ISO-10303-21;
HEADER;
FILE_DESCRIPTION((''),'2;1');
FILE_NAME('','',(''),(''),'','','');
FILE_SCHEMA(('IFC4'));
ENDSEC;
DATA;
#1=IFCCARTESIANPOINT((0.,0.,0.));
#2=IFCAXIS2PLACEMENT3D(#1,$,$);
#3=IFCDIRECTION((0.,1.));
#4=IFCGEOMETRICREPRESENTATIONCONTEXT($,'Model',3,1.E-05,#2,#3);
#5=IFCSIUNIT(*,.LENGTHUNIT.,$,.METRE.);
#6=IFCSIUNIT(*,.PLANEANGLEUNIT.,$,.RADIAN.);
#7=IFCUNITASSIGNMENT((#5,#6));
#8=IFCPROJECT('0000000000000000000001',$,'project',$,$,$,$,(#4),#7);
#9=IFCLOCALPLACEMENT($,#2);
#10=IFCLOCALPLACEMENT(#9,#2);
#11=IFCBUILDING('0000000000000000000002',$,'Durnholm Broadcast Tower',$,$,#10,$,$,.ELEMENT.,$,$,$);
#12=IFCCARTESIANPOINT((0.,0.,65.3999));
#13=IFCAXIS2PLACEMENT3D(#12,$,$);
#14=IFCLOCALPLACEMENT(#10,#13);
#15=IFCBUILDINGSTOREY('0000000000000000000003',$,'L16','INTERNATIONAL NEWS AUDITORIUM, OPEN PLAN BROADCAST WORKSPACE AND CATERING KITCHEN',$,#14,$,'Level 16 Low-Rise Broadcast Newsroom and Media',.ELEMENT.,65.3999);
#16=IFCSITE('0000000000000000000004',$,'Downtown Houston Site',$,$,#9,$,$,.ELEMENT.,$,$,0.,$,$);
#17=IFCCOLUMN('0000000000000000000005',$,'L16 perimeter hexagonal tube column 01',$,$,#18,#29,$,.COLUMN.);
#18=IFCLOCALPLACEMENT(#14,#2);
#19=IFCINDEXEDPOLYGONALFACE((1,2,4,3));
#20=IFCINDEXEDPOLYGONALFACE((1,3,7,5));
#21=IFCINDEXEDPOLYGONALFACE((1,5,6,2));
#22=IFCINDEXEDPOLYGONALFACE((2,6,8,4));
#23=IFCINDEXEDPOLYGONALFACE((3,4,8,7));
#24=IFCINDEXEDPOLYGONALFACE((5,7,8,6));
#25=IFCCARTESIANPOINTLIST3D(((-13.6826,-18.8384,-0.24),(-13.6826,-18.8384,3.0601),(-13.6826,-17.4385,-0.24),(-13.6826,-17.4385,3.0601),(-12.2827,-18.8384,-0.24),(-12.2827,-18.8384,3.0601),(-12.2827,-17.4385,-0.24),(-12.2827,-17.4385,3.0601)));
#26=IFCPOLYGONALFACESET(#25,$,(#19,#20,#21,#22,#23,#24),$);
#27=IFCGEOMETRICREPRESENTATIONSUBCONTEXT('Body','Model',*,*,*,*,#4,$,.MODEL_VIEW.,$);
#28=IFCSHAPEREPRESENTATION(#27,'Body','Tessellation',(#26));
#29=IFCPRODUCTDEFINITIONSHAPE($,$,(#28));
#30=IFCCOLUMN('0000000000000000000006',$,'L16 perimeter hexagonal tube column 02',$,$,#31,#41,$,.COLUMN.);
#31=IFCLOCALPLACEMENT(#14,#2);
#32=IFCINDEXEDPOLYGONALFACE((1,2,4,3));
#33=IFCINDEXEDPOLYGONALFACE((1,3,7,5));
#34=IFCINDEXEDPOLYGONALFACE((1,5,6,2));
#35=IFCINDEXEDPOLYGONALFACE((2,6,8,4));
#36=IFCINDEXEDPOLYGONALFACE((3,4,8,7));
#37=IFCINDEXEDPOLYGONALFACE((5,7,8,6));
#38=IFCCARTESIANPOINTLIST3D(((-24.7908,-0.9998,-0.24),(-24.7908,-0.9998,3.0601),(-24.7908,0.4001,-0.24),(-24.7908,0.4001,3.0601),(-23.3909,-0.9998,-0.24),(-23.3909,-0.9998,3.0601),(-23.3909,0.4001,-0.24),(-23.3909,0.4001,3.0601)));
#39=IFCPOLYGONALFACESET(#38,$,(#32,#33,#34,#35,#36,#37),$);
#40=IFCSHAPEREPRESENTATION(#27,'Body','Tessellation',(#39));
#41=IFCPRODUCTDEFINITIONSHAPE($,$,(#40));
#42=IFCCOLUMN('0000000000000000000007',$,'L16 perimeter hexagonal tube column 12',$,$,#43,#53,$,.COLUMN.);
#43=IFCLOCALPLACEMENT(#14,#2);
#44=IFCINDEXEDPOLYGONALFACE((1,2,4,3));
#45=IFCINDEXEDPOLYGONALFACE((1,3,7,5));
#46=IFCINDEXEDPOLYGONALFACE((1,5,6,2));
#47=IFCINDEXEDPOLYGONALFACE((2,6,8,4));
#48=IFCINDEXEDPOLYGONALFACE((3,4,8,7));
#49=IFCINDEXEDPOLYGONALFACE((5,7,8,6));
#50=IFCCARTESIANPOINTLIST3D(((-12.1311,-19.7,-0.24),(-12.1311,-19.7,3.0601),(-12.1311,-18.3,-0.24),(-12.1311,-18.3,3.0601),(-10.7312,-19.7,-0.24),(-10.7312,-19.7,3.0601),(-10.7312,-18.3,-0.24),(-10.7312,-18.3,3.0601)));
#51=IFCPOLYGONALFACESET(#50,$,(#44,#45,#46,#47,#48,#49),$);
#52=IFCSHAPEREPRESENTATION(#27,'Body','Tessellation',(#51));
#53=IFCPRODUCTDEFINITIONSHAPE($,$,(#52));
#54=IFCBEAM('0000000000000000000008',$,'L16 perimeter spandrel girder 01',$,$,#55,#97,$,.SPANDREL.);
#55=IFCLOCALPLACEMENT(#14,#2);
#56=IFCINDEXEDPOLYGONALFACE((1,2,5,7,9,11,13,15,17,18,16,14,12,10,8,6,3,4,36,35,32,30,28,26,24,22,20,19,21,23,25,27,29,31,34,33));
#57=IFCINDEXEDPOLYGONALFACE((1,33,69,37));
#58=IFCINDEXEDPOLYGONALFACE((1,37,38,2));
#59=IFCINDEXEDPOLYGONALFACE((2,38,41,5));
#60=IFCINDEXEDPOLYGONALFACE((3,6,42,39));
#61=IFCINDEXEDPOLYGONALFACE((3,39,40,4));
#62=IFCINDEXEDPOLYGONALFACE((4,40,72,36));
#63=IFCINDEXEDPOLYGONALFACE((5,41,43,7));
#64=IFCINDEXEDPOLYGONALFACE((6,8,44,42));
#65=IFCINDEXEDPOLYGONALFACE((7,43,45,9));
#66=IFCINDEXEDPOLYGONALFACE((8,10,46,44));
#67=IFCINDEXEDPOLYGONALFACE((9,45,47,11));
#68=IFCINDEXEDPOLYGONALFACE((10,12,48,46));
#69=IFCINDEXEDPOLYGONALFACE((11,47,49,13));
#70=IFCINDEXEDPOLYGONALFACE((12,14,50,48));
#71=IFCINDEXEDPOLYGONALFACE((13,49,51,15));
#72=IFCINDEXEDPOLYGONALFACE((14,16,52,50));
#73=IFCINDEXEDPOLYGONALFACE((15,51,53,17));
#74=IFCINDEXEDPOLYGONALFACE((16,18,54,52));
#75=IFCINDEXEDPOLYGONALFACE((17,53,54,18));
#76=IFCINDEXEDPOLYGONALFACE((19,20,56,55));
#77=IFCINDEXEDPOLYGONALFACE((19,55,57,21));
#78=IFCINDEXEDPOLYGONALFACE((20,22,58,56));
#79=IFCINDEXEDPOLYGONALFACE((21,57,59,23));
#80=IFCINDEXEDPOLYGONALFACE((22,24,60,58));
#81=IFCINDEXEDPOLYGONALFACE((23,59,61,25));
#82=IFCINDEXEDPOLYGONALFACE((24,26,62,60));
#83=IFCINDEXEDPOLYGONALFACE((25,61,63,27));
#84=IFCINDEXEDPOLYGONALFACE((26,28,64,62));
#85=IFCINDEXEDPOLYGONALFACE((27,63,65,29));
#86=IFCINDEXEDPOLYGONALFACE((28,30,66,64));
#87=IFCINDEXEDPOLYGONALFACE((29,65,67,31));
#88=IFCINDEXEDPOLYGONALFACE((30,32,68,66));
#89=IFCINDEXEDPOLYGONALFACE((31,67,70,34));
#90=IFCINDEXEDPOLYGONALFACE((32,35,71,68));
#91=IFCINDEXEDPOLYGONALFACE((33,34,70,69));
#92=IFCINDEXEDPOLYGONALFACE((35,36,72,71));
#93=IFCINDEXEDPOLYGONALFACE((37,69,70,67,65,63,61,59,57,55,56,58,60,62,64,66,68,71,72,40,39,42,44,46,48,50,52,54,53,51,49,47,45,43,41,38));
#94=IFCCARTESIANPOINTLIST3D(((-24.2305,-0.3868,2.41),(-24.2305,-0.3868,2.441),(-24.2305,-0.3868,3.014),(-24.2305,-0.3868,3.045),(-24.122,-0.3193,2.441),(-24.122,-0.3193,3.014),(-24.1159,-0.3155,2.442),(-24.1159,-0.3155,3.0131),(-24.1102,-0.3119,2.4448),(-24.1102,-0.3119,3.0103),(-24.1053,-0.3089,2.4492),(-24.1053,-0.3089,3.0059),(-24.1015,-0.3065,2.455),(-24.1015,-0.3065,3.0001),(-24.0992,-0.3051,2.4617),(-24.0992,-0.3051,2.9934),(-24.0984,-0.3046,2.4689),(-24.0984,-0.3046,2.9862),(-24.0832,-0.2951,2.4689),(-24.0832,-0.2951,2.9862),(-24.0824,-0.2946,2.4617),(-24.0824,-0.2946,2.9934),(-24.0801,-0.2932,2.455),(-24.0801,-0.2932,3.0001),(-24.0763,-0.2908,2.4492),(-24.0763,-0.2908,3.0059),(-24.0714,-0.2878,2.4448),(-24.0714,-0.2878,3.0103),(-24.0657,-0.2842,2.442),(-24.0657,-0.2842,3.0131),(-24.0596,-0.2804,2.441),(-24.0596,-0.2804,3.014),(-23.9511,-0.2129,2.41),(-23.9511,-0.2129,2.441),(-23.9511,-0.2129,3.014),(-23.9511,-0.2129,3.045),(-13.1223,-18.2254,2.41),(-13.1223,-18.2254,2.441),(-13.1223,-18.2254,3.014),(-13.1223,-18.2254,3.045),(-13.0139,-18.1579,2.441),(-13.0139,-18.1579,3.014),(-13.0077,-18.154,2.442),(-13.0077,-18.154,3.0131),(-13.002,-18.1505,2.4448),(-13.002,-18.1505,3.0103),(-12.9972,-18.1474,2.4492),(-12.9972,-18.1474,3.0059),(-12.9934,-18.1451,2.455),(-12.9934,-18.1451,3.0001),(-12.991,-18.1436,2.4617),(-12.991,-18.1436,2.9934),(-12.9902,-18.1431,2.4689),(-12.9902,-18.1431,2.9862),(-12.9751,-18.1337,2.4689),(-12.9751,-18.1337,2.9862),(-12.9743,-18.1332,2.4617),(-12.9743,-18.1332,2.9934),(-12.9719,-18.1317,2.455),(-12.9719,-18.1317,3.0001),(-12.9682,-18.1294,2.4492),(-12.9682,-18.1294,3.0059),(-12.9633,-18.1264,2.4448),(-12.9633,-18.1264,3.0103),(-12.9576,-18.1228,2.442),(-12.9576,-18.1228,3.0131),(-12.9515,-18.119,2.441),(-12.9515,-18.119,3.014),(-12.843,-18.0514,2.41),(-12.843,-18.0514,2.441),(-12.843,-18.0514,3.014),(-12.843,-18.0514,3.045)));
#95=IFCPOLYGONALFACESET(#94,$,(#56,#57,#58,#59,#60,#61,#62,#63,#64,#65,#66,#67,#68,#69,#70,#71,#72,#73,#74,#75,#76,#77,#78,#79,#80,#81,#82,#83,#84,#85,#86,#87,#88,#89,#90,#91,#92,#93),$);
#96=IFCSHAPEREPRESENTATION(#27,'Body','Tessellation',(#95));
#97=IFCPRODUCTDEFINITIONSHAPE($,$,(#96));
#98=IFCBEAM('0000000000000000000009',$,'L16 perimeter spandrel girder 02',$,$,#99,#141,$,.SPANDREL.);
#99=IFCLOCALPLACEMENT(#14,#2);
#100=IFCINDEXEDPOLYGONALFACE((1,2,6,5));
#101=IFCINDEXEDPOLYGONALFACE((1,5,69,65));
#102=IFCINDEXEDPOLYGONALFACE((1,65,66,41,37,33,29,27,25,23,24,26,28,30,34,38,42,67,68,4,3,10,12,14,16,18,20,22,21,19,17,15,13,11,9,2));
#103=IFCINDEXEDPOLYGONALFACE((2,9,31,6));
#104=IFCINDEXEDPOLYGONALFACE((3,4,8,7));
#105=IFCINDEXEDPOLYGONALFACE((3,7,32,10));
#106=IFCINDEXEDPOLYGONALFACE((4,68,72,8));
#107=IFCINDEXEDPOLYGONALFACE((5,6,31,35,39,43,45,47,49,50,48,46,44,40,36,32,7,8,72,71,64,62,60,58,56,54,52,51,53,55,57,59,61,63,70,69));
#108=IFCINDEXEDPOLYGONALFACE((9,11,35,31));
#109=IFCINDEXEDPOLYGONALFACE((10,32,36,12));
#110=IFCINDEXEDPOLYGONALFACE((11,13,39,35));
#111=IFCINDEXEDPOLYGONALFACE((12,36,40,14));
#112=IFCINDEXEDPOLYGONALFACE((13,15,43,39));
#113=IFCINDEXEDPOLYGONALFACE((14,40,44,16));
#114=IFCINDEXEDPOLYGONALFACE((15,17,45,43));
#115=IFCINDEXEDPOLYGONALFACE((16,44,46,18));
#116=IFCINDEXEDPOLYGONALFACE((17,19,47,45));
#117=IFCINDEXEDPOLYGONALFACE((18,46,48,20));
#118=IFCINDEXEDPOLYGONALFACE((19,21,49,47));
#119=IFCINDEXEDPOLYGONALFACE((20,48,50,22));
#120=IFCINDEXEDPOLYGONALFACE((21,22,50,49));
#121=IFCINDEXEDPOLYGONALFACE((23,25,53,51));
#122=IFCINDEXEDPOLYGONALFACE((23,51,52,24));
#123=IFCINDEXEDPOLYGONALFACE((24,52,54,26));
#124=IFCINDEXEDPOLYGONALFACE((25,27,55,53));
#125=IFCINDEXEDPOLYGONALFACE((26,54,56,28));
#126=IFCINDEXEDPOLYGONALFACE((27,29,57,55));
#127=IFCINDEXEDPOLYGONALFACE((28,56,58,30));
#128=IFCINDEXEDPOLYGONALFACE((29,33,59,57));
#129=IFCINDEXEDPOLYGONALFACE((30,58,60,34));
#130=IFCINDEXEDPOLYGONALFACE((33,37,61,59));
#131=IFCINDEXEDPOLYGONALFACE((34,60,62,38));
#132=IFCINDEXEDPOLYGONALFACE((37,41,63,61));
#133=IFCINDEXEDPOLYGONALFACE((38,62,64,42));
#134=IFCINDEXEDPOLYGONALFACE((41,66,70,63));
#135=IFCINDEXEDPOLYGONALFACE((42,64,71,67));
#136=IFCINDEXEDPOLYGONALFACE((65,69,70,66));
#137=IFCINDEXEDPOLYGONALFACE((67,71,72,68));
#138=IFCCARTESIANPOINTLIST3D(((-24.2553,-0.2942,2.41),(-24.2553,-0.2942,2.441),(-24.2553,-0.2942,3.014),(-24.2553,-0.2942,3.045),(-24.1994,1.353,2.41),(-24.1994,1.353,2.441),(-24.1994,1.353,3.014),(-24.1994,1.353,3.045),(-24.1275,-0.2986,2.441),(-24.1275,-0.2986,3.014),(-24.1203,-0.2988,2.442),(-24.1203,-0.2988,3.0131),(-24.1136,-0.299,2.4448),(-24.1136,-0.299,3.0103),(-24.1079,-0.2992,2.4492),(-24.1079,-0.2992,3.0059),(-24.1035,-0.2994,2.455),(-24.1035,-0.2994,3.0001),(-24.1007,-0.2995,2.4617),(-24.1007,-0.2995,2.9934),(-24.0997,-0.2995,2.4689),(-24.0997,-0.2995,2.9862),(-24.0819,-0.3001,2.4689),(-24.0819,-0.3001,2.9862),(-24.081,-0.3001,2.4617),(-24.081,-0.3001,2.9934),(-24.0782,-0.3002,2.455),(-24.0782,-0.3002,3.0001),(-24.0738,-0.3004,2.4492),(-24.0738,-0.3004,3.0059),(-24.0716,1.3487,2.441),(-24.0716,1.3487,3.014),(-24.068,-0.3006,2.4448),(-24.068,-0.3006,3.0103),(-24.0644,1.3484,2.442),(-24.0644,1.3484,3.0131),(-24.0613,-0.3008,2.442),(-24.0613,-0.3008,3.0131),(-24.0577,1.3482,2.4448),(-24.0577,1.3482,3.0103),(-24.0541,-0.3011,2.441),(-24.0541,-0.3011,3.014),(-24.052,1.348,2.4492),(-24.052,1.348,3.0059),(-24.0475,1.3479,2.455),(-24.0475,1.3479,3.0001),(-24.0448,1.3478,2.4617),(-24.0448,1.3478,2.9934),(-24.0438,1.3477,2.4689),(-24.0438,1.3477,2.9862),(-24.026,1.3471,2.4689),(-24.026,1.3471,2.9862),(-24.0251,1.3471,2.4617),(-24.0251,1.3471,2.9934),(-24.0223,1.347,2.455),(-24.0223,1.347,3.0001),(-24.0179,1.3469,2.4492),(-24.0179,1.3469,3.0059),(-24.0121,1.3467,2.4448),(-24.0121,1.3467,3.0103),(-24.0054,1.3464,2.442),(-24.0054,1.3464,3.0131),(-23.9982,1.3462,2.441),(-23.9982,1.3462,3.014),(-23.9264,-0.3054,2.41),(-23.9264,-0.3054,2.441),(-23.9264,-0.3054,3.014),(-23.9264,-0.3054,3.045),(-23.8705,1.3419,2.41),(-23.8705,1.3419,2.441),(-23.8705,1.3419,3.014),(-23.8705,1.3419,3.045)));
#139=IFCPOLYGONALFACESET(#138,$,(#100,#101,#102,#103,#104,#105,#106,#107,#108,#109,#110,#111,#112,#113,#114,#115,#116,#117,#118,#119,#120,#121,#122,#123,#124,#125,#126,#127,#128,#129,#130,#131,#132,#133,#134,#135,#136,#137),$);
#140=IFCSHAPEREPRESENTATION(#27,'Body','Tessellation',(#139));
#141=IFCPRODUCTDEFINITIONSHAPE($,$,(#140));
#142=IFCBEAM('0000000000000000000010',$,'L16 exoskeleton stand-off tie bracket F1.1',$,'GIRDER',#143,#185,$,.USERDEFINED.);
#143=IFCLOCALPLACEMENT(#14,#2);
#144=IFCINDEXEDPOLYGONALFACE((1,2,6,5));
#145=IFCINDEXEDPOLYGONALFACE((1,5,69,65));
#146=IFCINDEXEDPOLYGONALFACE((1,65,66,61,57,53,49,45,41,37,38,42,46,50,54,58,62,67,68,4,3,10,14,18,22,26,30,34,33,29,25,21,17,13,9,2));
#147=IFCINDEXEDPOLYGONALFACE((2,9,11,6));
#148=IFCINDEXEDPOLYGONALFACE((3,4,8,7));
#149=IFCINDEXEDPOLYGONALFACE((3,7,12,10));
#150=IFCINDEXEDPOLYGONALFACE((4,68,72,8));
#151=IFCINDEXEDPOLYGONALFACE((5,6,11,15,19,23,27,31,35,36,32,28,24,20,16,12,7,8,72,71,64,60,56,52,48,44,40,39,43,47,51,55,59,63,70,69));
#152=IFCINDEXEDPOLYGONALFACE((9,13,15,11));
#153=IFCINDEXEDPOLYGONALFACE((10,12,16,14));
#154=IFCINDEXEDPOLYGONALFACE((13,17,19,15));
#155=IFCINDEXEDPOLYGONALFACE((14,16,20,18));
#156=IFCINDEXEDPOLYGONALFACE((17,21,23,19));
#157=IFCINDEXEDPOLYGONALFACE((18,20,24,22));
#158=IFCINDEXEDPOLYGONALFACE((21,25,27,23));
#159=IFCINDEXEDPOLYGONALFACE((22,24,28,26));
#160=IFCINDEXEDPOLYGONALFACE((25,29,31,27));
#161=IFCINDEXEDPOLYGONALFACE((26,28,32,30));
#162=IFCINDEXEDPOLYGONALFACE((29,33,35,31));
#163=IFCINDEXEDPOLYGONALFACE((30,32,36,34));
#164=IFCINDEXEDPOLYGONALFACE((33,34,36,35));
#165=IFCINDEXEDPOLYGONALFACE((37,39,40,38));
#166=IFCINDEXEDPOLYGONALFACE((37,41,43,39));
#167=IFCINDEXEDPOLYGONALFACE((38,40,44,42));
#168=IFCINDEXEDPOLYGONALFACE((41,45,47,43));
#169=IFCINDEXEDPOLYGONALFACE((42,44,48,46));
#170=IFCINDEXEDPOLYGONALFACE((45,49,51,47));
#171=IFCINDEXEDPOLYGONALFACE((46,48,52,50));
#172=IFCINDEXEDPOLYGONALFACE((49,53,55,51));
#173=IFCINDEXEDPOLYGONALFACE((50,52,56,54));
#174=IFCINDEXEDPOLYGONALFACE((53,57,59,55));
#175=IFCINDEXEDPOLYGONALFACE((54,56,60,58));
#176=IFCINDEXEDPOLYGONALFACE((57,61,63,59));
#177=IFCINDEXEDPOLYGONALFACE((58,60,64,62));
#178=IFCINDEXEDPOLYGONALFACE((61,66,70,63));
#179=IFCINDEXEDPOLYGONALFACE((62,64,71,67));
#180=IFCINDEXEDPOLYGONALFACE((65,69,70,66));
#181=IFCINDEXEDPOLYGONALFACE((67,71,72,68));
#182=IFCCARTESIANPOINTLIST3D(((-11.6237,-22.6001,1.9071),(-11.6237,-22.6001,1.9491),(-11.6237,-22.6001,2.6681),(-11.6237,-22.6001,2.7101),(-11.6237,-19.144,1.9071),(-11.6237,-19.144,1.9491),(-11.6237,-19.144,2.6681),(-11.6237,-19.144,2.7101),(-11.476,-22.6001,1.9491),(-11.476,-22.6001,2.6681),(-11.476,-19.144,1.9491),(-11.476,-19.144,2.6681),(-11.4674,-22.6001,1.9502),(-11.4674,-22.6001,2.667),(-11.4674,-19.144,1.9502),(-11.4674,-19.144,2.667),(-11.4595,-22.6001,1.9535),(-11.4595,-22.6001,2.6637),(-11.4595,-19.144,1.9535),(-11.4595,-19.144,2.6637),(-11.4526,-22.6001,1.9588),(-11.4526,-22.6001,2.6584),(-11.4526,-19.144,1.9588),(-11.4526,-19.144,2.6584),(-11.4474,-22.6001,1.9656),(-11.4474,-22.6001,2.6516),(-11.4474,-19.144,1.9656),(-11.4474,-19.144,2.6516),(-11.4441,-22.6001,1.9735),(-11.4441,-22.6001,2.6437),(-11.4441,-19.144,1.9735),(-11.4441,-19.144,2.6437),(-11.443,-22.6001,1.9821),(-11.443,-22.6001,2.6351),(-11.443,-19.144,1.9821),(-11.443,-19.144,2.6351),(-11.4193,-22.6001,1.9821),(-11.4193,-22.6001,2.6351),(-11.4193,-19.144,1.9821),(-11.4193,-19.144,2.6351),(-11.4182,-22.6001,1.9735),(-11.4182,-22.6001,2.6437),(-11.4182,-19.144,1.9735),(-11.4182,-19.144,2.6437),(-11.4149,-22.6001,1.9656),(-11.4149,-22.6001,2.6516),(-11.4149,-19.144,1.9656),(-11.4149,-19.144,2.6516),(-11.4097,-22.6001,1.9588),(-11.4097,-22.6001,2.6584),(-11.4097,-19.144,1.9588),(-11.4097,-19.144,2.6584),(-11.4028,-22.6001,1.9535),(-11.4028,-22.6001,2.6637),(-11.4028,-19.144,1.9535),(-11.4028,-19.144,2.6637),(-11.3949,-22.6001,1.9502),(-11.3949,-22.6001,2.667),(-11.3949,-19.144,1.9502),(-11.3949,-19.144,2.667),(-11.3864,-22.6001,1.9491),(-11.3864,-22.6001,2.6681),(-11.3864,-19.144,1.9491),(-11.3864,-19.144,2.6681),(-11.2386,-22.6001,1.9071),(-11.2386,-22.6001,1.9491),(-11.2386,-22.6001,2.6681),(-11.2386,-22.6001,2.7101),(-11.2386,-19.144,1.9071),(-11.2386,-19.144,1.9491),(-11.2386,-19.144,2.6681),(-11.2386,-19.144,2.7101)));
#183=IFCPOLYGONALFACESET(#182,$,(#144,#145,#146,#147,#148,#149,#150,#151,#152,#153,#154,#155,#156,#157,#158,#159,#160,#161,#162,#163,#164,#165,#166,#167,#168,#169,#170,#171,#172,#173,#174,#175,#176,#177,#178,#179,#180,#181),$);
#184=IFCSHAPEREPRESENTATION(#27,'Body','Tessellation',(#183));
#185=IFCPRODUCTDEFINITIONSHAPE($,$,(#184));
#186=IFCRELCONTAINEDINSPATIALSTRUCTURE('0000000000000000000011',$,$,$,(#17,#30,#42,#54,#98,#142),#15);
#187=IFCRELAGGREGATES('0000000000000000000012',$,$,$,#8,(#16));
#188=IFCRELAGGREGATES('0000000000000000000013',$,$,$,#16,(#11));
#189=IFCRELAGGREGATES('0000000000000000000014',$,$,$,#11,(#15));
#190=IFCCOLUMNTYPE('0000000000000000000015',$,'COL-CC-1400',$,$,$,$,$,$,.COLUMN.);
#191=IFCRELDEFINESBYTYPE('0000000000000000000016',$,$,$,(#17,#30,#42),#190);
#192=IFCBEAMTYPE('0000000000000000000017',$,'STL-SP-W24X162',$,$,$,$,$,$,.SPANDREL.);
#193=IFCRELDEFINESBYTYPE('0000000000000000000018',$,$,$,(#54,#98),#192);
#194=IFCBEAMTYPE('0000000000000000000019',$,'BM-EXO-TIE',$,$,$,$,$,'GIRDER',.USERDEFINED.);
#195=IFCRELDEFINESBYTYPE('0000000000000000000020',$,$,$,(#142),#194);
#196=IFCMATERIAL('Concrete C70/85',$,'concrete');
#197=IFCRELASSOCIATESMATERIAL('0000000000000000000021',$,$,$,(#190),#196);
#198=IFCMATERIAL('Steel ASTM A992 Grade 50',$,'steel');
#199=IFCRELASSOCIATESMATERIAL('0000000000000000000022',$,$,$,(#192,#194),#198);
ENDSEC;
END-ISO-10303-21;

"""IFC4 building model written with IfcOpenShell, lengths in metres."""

from ifc_helpers import new_model, si_unit, direction, frame, origin, origin_2d, place, context, subcontext, project, spatial, rectangle, i_section, extrude, source, transform, mapped, material, material_profile, profile_set, type_object, type_shapes, element, save


model = new_model("IFC4")

# Units and contexts
model_context = context("Model", 3, precision=1e-05, world=origin(), true_north=direction((0.0, 1.0)))
body_context = subcontext(model_context, "Body", "Model", "MODEL_VIEW")
ifc_project = project(units=[si_unit("LENGTHUNIT", "METRE"), si_unit("PLANEANGLEUNIT", "RADIAN")], contexts=[model_context])

# Site, building, storey
site_placement = place(None, origin())
site = spatial("IfcSite", under=ifc_project, at=site_placement, Name="Downtown Houston Site", CompositionType="ELEMENT", RefElevation=0.0)
building_placement = place(site_placement, origin())
building = spatial("IfcBuilding", under=site, at=building_placement, Name="Durnholm Broadcast Tower", CompositionType="ELEMENT")
storey_placement = place(building_placement, frame((0.0, 0.0, 65.3999)))
storey = spatial("IfcBuildingStorey", under=building, at=storey_placement, Name="L16", Description="INTERNATIONAL NEWS AUDITORIUM, OPEN PLAN BROADCAST WORKSPACE AND CATERING KITCHEN", LongName="Level 16 Low-Rise Broadcast Newsroom and Media", CompositionType="ELEMENT", Elevation=65.3999)

# Columns
ifc_material_1 = material(Name="Concrete C70/85", Category="concrete")
ifc_material_profile_1 = material_profile(ifc_material_1, rectangle(XDim=1.3999, YDim=1.3999, at=origin_2d()), Name="RC1400X1400")
ifc_profile_set_1 = profile_set([ifc_material_profile_1], Name="Concrete C70/85")
column_type = type_object("IfcColumnType", Name="COL-CC-1400", PredefinedType="COLUMN", material=ifc_profile_set_1)
shared_shape_1 = source(origin(), body_context, "Body", "SweptSolid", [
    extrude(rectangle(XDim=1.3999, YDim=1.3999, at=origin_2d()), origin(), (0.0, 0.0, 1.0), 3.3),
])
type_shapes(column_type, [shared_shape_1])
for number, where, z_axis, x_axis, name in (
    (1, (-12.9827, -18.1384, -0.24), (0.0, 0.0, 1.0), (1.0, 0.0, 0.0), "L16 perimeter hexagonal tube column 01"),
    (2, (-24.0908, -0.2998, -0.24), (0.0, 0.0, 1.0), (1.0, 0.0, 0.0), "L16 perimeter hexagonal tube column 02"),
    (3, (-11.4312, -19.0, -0.24), (0.0, 0.0, 1.0), (1.0, 0.0, 0.0), "L16 perimeter hexagonal tube column 12"),
):
    element("IfcColumn", number, at=place(storey_placement, frame(where, z_axis=z_axis, x_axis=x_axis)), inside=storey, type_object=column_type, Name=name, PredefinedType="COLUMN", context=body_context, shape_type="MappedRepresentation", body=[
        mapped(shared_shape_1, transform((0.0, 0.0, 0.0), x_axis=(1.0, 0.0, 0.0), y_axis=(0.0, 1.0, 0.0), z_axis=(0.0, 0.0, 1.0), scale=1.0)),
    ])

# Beams
ifc_material_2 = material(Name="Steel ASTM A992 Grade 50", Category="steel")
ifc_material_profile_2 = material_profile(ifc_material_2, i_section(OverallWidth=0.3291, OverallDepth=0.635, WebThickness=0.0178, FlangeThickness=0.031, FilletRadius=0.0278, at=origin_2d()), Name="W24X162")
ifc_profile_set_2 = profile_set([ifc_material_profile_2], Name="Steel ASTM A992 Grade 50")
beam_type_1 = type_object("IfcBeamType", Name="STL-SP-W24X162", PredefinedType="SPANDREL", material=ifc_profile_set_2)
shared_shape_2 = source(origin(), body_context, "Body", "SweptSolid", [
    extrude(i_section(OverallWidth=0.3291, OverallDepth=0.635, WebThickness=0.0178, FlangeThickness=0.031, FilletRadius=0.0278, at=origin_2d()), origin(), (0.0, 0.0, 1.0), 21.0144),
])
beam_1_placement = place(storey_placement, frame((-12.9827, -18.1384, 2.7275), z_axis=(-0.528596, 0.848874, 0.0), x_axis=(-0.848874, -0.528596, 0.0)))
element("IfcBeam", 4, at=beam_1_placement, inside=storey, type_object=beam_type_1, Name="L16 perimeter spandrel girder 01", PredefinedType="SPANDREL", context=body_context, shape_type="MappedRepresentation", body=[
    mapped(shared_shape_2, transform((0.0, 0.0, 0.0), x_axis=(1.0, 0.0, 0.0), y_axis=(0.0, 1.0, 0.0), z_axis=(0.0, 0.0, 1.0), scale=1.0)),
])
shared_shape_3 = source(origin(), body_context, "Body", "SweptSolid", [
    extrude(i_section(OverallWidth=0.3291, OverallDepth=0.635, WebThickness=0.0178, FlangeThickness=0.031, FilletRadius=0.0278, at=origin_2d()), origin(), (0.0, 0.0, 1.0), 1.6482),
])
type_shapes(beam_type_1, [shared_shape_2, shared_shape_3])
beam_2_placement = place(storey_placement, frame((-24.0908, -0.2998, 2.7275), z_axis=(0.033921, 0.999425, 0.0), x_axis=(-0.999425, 0.033921, 0.0)))
element("IfcBeam", 5, at=beam_2_placement, inside=storey, type_object=beam_type_1, Name="L16 perimeter spandrel girder 02", PredefinedType="SPANDREL", context=body_context, shape_type="MappedRepresentation", body=[
    mapped(shared_shape_3, transform((0.0, 0.0, 0.0), x_axis=(1.0, 0.0, 0.0), y_axis=(0.0, 1.0, 0.0), z_axis=(0.0, 0.0, 1.0), scale=1.0)),
])
ifc_material_profile_3 = material_profile(ifc_material_2, i_section(OverallWidth=0.385, OverallDepth=0.803, WebThickness=0.0237, FlangeThickness=0.042, FilletRadius=0.033, at=origin_2d()), Name="W30X261")
ifc_profile_set_3 = profile_set([ifc_material_profile_3], Name="Steel ASTM A992 Grade 50")
beam_type_2 = type_object("IfcBeamType", Name="BM-EXO-TIE", ElementType="GIRDER", PredefinedType="USERDEFINED", material=ifc_profile_set_3)
shared_shape_4 = source(origin(), body_context, "Body", "SweptSolid", [
    extrude(i_section(OverallWidth=0.385, OverallDepth=0.803, WebThickness=0.0237, FlangeThickness=0.042, FilletRadius=0.033, at=origin_2d()), origin(), (0.0, 0.0, 1.0), 3.4561),
])
for number, where, z_axis, x_axis, name in (
    (6, (-11.4312, -19.144, 2.3086), (0.0, -1.0, 0.0), (1.0, 0.0, 0.0), "L16 exoskeleton stand-off tie bracket F1.1"),
):
    element("IfcBeam", number, at=place(storey_placement, frame(where, z_axis=z_axis, x_axis=x_axis)), inside=storey, type_object=beam_type_2, Name=name, ObjectType="GIRDER", PredefinedType="USERDEFINED", context=body_context, shape_type="MappedRepresentation", body=[
        mapped(shared_shape_4, transform((0.0, 0.0, 0.0), x_axis=(1.0, 0.0, 0.0), y_axis=(0.0, 1.0, 0.0), z_axis=(0.0, 0.0, 1.0), scale=1.0)),
    ])

save(model, "model.ifc")
